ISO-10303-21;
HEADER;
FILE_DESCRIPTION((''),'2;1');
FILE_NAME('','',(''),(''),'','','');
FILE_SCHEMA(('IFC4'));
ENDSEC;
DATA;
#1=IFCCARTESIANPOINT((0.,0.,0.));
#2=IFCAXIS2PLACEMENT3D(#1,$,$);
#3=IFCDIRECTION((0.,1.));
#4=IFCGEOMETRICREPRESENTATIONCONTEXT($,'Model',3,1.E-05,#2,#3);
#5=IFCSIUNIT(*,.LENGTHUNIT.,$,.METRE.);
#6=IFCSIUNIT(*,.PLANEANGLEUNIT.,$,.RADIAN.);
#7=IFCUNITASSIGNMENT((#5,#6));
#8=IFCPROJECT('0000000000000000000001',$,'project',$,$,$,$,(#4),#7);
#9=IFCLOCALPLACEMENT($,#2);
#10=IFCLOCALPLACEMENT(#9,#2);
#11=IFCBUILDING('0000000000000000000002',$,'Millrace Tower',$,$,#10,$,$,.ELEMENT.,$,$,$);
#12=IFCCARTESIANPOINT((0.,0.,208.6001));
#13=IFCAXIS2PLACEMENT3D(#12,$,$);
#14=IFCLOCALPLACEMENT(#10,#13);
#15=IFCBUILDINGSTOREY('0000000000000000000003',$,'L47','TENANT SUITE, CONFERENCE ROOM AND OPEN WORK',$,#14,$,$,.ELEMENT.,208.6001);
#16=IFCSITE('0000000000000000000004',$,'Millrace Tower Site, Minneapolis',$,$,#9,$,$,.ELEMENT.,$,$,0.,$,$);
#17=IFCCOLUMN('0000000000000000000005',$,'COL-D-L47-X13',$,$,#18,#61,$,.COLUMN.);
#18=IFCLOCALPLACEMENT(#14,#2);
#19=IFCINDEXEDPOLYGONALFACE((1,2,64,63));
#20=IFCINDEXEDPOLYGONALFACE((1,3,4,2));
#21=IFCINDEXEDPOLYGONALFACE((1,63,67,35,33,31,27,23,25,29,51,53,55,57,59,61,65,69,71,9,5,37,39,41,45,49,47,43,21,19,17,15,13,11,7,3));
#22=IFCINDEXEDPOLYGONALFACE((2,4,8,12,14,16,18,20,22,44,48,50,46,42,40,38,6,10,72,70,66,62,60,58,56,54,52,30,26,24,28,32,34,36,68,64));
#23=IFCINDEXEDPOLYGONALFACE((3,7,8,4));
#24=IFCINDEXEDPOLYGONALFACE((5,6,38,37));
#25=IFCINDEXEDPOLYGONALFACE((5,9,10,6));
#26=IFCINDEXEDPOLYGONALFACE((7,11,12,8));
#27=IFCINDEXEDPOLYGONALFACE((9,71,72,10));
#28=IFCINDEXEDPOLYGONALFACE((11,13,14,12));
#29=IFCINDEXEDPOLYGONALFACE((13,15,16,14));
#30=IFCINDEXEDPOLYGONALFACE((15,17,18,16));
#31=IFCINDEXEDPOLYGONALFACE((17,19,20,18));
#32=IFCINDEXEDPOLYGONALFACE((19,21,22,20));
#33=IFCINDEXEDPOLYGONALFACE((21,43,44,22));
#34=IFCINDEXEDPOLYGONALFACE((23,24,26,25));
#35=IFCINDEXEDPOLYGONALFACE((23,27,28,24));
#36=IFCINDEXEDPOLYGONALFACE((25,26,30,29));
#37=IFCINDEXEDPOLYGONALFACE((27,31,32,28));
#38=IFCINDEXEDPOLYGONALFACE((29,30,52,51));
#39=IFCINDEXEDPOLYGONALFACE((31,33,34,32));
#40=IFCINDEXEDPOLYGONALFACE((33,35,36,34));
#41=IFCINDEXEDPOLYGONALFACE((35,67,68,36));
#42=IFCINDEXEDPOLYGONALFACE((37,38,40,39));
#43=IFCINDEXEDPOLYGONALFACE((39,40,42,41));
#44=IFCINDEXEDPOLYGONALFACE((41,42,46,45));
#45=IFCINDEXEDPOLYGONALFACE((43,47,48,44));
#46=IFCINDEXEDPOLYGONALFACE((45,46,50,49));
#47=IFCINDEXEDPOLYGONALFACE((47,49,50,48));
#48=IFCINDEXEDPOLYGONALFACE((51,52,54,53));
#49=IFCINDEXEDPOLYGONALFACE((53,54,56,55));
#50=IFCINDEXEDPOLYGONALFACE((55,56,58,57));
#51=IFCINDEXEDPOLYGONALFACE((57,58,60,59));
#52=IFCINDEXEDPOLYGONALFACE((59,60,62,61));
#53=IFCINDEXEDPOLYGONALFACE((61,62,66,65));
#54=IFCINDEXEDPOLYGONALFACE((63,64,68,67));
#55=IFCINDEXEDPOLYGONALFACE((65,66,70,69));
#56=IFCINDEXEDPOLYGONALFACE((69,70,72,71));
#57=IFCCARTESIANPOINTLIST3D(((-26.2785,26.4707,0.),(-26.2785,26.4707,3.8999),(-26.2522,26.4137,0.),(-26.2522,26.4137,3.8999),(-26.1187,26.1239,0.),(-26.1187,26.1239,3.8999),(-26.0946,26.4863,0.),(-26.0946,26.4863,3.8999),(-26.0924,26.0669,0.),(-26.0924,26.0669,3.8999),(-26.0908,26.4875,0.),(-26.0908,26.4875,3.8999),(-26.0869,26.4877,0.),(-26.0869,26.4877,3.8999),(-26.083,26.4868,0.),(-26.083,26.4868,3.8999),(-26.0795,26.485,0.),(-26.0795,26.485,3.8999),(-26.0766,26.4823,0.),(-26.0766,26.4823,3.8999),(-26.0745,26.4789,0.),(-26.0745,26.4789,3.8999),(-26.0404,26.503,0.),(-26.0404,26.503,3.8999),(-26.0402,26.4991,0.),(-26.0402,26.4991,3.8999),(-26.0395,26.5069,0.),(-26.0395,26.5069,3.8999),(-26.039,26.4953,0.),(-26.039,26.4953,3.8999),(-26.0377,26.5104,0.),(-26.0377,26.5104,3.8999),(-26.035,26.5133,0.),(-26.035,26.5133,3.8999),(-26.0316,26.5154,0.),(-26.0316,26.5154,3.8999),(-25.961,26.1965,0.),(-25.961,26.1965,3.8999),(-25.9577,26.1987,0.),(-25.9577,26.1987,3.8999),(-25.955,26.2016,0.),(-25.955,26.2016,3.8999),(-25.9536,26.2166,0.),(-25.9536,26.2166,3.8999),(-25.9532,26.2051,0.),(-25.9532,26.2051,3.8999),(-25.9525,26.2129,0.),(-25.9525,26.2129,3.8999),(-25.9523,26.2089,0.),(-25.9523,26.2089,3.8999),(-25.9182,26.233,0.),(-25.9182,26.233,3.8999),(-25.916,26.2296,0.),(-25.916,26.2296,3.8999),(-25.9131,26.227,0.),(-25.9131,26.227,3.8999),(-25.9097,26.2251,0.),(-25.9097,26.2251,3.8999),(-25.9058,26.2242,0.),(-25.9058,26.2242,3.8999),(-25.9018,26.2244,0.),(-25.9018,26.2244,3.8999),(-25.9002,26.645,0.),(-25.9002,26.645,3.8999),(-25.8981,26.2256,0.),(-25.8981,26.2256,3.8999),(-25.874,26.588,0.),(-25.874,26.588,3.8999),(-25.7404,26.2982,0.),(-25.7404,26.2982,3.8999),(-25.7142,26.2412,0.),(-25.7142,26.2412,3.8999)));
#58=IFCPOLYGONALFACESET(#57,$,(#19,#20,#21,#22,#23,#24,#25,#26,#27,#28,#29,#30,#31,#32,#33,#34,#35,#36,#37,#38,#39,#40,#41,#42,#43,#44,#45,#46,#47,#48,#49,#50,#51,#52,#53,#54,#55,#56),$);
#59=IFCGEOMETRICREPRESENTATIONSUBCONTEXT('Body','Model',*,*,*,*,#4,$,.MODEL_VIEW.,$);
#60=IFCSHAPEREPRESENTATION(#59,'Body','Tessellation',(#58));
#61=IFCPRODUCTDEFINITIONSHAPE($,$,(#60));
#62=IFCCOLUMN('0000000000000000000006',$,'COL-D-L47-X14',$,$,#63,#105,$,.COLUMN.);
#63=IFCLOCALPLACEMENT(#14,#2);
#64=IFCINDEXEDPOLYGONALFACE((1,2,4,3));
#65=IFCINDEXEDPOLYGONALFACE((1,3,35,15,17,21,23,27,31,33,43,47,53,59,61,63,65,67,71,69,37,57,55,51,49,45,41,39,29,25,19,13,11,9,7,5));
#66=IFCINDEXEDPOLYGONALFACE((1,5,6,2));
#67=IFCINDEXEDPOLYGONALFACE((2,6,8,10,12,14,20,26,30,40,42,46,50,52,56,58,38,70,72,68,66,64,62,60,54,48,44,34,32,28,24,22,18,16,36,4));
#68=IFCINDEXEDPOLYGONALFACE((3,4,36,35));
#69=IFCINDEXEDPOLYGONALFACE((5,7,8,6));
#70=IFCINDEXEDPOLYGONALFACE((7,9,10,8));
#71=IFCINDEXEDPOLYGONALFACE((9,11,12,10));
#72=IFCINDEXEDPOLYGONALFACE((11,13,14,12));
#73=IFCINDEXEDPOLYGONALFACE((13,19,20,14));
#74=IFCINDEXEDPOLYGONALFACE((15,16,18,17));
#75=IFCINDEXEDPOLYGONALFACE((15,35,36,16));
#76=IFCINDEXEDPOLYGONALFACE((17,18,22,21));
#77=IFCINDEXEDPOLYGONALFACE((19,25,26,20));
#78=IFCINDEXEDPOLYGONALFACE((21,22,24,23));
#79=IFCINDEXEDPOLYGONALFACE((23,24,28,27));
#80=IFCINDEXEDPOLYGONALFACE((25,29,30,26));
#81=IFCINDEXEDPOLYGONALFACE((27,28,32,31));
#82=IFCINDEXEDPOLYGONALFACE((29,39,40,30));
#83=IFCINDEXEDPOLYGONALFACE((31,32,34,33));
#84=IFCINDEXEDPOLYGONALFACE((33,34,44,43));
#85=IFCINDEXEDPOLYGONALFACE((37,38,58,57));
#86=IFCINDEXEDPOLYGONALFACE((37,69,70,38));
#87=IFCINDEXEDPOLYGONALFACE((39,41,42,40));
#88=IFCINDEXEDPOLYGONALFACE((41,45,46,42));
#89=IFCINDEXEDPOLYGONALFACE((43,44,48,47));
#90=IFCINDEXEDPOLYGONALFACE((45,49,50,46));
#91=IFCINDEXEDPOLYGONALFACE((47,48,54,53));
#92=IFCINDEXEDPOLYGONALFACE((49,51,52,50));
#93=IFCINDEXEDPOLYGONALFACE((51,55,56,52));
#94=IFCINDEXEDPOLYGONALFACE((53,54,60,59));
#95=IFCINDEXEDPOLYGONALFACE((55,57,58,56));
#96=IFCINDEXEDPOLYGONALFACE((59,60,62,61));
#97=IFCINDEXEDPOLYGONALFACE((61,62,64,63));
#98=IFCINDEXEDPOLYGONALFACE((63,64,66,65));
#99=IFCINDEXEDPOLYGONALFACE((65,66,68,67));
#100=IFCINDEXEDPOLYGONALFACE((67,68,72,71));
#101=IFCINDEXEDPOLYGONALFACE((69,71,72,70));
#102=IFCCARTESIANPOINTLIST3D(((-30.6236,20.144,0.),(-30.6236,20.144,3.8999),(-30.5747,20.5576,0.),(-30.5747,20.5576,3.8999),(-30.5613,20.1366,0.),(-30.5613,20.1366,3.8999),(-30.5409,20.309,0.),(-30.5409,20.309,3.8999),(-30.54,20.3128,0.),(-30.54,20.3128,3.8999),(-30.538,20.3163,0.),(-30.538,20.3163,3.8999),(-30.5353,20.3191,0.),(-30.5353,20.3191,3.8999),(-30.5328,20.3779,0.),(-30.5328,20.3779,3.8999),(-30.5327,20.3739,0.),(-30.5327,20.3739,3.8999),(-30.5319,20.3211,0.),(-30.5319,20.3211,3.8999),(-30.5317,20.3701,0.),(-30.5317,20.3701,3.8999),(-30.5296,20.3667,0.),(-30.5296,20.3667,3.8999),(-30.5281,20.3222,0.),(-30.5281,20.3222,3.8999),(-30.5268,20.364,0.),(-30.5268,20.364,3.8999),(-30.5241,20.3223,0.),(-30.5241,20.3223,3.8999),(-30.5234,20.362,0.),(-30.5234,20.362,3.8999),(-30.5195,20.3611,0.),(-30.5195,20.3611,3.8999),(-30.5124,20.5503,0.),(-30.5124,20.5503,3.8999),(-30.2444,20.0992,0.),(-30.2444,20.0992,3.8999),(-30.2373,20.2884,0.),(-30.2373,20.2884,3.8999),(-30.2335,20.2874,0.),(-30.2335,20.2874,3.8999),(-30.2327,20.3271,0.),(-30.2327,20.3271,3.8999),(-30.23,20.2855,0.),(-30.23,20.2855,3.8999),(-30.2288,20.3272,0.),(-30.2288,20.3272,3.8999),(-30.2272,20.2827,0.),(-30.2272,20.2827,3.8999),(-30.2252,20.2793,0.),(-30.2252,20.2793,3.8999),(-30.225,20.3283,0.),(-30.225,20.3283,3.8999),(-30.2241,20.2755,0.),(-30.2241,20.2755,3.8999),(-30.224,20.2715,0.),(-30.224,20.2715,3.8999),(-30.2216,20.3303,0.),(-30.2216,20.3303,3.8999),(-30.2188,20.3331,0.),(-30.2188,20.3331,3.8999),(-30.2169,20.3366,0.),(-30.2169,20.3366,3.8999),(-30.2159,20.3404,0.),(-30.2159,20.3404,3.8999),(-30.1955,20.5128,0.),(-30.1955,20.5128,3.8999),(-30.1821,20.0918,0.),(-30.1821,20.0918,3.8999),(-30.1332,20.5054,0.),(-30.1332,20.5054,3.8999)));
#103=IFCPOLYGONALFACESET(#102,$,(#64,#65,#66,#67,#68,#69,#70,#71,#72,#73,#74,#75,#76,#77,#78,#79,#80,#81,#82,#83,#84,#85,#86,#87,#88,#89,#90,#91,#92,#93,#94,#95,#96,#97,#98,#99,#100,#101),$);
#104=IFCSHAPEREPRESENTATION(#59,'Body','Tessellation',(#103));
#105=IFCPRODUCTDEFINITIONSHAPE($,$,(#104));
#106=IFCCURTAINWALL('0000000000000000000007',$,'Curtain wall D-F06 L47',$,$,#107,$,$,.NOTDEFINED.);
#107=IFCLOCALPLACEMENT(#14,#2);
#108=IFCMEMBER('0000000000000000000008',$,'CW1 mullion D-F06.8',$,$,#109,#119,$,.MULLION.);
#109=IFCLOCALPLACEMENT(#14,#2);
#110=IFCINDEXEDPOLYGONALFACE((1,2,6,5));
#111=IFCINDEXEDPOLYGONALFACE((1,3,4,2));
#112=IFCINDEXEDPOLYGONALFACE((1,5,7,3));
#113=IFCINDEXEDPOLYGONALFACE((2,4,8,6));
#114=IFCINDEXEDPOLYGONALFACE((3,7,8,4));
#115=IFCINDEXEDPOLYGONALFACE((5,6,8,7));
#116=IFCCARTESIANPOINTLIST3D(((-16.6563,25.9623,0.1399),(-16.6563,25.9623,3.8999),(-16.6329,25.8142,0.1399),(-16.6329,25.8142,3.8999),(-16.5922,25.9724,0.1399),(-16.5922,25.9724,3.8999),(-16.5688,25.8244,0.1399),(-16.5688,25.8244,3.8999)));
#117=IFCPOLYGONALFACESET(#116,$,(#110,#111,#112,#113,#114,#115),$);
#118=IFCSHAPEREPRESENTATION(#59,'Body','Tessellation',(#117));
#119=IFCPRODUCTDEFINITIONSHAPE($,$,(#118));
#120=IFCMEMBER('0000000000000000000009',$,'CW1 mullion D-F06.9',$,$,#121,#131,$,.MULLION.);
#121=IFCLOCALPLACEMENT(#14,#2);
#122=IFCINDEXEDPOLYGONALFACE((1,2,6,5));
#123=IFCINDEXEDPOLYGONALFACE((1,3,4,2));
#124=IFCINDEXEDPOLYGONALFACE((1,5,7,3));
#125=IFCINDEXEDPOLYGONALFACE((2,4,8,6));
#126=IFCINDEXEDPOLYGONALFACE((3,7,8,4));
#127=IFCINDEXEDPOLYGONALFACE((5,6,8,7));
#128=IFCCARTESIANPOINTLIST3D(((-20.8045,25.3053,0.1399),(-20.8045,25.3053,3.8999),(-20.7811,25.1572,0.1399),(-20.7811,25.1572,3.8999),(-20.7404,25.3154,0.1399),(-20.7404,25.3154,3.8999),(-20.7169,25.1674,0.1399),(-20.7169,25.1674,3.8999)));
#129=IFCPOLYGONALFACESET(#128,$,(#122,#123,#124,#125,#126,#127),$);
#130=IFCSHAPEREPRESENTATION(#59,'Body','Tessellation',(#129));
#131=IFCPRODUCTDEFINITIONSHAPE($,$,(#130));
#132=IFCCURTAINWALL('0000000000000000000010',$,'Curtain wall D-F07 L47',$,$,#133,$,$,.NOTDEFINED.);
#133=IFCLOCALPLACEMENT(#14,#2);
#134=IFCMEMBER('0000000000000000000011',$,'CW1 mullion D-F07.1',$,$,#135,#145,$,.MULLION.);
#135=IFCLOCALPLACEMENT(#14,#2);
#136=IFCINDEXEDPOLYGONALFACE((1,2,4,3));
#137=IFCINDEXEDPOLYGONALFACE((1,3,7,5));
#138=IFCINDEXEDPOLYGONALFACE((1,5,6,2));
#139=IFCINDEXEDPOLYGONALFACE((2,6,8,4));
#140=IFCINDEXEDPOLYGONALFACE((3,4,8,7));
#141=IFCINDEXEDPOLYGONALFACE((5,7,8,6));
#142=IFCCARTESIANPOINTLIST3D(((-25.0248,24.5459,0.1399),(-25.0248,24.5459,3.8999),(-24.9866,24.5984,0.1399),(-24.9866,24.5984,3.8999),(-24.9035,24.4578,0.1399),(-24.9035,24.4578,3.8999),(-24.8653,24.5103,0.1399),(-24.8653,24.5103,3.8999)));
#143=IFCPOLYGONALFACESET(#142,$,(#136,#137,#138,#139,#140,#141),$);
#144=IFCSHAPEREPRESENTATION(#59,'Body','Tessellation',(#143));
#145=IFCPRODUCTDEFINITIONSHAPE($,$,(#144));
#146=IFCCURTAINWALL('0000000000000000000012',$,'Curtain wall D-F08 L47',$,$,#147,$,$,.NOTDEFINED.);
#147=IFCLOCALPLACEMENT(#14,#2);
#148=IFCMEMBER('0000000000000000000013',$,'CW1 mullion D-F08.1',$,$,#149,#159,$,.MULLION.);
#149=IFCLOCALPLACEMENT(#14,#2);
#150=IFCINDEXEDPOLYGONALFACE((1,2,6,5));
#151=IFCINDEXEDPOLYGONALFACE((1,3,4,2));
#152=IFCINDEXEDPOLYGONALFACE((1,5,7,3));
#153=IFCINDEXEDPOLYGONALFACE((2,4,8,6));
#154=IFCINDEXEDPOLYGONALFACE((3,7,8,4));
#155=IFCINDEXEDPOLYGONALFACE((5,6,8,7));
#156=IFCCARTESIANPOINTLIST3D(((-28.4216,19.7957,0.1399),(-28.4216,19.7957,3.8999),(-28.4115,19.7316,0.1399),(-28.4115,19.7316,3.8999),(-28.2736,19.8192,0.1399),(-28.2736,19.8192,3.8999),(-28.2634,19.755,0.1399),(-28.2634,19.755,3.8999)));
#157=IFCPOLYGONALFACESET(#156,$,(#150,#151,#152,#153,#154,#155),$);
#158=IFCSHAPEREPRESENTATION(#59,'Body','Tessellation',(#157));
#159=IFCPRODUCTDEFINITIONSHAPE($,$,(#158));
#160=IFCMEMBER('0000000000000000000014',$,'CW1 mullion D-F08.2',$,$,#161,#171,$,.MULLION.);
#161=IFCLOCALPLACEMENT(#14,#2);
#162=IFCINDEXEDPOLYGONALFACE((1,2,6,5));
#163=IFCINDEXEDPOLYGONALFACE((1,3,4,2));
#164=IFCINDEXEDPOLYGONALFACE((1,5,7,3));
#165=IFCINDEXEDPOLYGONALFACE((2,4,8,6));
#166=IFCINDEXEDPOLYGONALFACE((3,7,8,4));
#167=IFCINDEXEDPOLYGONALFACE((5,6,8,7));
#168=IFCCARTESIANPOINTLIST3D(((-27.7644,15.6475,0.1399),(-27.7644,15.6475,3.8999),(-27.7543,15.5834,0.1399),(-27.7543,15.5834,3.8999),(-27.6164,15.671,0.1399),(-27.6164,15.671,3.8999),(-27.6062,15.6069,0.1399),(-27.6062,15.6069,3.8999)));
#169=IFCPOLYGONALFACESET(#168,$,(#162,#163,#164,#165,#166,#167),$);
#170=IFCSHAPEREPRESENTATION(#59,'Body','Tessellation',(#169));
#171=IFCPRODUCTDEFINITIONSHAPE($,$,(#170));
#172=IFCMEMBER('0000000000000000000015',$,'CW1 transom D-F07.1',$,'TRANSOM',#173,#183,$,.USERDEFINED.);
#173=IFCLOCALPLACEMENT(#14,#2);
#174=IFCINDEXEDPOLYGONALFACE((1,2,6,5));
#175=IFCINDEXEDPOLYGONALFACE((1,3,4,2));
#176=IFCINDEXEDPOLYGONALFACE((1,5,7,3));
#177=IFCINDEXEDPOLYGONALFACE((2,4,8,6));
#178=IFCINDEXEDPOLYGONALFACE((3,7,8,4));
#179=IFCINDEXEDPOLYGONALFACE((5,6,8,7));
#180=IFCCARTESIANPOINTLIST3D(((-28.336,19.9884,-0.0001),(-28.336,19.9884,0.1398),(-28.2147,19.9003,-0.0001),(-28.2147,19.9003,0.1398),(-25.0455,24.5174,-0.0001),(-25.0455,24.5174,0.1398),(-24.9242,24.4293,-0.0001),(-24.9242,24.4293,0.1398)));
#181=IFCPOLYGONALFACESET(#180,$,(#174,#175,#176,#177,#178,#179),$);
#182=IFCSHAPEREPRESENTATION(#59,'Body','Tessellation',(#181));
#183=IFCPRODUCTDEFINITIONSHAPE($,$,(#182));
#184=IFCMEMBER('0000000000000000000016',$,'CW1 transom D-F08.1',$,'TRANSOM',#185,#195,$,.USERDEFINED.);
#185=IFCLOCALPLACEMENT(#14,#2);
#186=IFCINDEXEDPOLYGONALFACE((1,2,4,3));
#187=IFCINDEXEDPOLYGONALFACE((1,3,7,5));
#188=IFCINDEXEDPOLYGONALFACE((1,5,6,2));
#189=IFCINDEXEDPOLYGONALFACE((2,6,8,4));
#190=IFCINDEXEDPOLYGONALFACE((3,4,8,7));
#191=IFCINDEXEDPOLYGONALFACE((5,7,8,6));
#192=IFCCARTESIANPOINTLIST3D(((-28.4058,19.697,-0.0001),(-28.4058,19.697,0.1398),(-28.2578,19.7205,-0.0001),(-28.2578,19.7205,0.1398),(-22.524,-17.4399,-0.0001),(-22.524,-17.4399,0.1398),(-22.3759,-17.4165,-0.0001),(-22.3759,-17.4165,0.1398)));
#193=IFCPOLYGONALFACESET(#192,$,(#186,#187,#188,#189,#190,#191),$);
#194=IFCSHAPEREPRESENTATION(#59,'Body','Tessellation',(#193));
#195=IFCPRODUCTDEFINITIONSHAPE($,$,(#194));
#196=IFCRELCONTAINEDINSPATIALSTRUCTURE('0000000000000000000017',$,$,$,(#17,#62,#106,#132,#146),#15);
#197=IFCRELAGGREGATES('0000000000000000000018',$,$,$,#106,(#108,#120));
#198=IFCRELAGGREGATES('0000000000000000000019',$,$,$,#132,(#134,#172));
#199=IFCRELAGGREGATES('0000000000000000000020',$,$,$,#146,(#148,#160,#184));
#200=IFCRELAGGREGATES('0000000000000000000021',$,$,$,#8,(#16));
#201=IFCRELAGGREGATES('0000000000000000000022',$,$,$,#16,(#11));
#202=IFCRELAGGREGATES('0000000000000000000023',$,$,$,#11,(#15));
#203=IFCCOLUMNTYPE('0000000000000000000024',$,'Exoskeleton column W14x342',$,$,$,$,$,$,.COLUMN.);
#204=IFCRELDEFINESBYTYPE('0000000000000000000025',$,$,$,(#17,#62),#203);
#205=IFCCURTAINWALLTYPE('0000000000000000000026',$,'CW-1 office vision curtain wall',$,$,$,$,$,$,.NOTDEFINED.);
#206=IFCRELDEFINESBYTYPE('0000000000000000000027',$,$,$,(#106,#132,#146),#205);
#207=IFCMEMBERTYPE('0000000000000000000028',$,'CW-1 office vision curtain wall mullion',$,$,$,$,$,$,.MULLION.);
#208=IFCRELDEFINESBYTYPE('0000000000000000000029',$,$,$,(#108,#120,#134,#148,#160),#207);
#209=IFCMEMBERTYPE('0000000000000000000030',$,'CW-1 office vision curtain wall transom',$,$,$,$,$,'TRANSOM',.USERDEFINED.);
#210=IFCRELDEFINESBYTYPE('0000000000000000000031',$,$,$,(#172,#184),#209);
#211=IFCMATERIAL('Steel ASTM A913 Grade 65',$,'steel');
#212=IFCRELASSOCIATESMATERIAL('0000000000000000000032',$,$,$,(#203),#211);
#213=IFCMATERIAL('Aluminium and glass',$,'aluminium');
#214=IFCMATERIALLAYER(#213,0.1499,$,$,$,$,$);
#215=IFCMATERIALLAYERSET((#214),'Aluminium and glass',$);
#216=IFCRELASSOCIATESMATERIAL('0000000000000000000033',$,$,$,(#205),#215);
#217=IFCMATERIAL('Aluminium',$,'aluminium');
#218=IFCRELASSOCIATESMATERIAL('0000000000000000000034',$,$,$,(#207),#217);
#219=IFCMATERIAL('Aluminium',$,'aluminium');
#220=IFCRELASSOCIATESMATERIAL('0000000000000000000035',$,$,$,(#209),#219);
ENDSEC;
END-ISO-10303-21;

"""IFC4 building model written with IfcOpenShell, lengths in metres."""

from ifc_helpers import new_model, si_unit, direction, frame, origin, origin_2d, place, context, subcontext, project, spatial, rectangle, i_section, extrude, material, layer, layer_set, material_profile, profile_set, type_object, element, aggregate, save


model = new_model("IFC4")

# Units and contexts
model_context = context("Model", 3, precision=1e-05, world=origin(), true_north=direction((0.0, 1.0)))
body_context = subcontext(model_context, "Body", "Model", "MODEL_VIEW")
ifc_project = project(units=[si_unit("LENGTHUNIT", "METRE"), si_unit("PLANEANGLEUNIT", "RADIAN")], contexts=[model_context])

# Site, building, storey
site_placement = place(None, origin())
site = spatial("IfcSite", under=ifc_project, at=site_placement, Name="Millrace Tower Site, Minneapolis", CompositionType="ELEMENT", RefElevation=0.0)
building_placement = place(site_placement, origin())
building = spatial("IfcBuilding", under=site, at=building_placement, Name="Millrace Tower", CompositionType="ELEMENT")
storey_placement = place(building_placement, frame((0.0, 0.0, 208.6001)))
storey = spatial("IfcBuildingStorey", under=building, at=storey_placement, Name="L47", Description="TENANT SUITE, CONFERENCE ROOM AND OPEN WORK", CompositionType="ELEMENT", Elevation=208.6001)

# Columns
ifc_material_1 = material(Name="Steel ASTM A913 Grade 65", Category="steel")
ifc_material_profile_1 = material_profile(ifc_material_1, i_section(OverallWidth=0.4165, OverallDepth=0.4446, WebThickness=0.0391, FlangeThickness=0.0627, FilletRadius=0.0151, at=origin_2d()))
ifc_profile_set_1 = profile_set([ifc_material_profile_1], Name="Steel ASTM A913 Grade 65")
column_type = type_object("IfcColumnType", Name="Exoskeleton column W14x342", PredefinedType="COLUMN", material=ifc_profile_set_1)
for number, where, z_axis, x_axis, name in (
    (1, (-25.9963, 26.356, 0.0), (0.0, 0.0, 1.0), (-0.908192, -0.418553, 0.0), "COL-D-L47-X13"),
    (2, (-30.3784, 20.3247, 0.0), (0.0, 0.0, 1.0), (-0.117421, -0.993082, 0.0), "COL-D-L47-X14"),
):
    element("IfcColumn", number, at=place(storey_placement, frame(where, z_axis=z_axis, x_axis=x_axis)), inside=storey, type_object=column_type, Name=name, PredefinedType="COLUMN", context=body_context, shape_type="SweptSolid", body=[
        extrude(i_section(OverallWidth=0.4165, OverallDepth=0.4446, WebThickness=0.0391, FlangeThickness=0.0627, FilletRadius=0.0151, at=origin_2d()), origin(), (0.0, 0.0, 1.0), 3.8999),
    ])

# Curtain wall, members
ifc_material_2 = material(Name="Aluminium and glass", Category="aluminium")
ifc_layer_1 = layer(ifc_material_2, 0.1499)
ifc_layer_set_1 = layer_set([ifc_layer_1], Name="Aluminium and glass")
curtain_wall_type = type_object("IfcCurtainWallType", Name="CW-1 office vision curtain wall", PredefinedType="NOTDEFINED", material=ifc_layer_set_1)
placement = place(storey_placement, origin())
curtain_wall_1 = element("IfcCurtainWall", 3, at=placement, inside=storey, type_object=curtain_wall_type, Name="Curtain wall D-F06 L47", PredefinedType="NOTDEFINED")
ifc_material_3 = material(Name="Aluminium", Category="aluminium")
ifc_material_profile_2 = material_profile(ifc_material_3, rectangle(XDim=0.0649, YDim=0.1499, at=origin_2d()))
ifc_profile_set_2 = profile_set([ifc_material_profile_2], Name="Aluminium")
member_type_1 = type_object("IfcMemberType", Name="CW-1 office vision curtain wall mullion", PredefinedType="MULLION", material=ifc_profile_set_2)
member_1_placement = place(storey_placement, frame((-16.6125, 25.8933, 0.1399), z_axis=(0.0, 0.0, 1.0), x_axis=(-0.987688, -0.156434, 0.0)))
member_1 = element("IfcMember", 4, at=member_1_placement, type_object=member_type_1, Name="CW1 mullion D-F06.8", PredefinedType="MULLION", context=body_context, shape_type="SweptSolid", body=[
    extrude(rectangle(XDim=0.0649, YDim=0.1499, at=origin_2d()), origin(), (0.0, 0.0, 1.0), 3.76),
])
member_2_placement = place(storey_placement, frame((-20.7607, 25.2363, 0.1399), z_axis=(0.0, 0.0, 1.0), x_axis=(-0.987688, -0.156434, 0.0)))
member_2 = element("IfcMember", 5, at=member_2_placement, type_object=member_type_1, Name="CW1 mullion D-F06.9", PredefinedType="MULLION", context=body_context, shape_type="SweptSolid", body=[
    extrude(rectangle(XDim=0.0649, YDim=0.1499, at=origin_2d()), origin(), (0.0, 0.0, 1.0), 3.76),
])
aggregate(curtain_wall_1, [member_1, member_2])

# Curtain wall, member
curtain_wall_2 = element("IfcCurtainWall", 6, at=placement, inside=storey, type_object=curtain_wall_type, Name="Curtain wall D-F07 L47", PredefinedType="NOTDEFINED")
member_3_placement = place(storey_placement, frame((-24.9451, 24.5281, 0.1399), z_axis=(0.0, 0.0, 1.0), x_axis=(-0.587785, -0.809017, 0.0)))
member_3 = element("IfcMember", 7, at=member_3_placement, type_object=member_type_1, Name="CW1 mullion D-F07.1", PredefinedType="MULLION", context=body_context, shape_type="SweptSolid", body=[
    extrude(rectangle(XDim=0.0649, YDim=0.1499, at=origin_2d()), origin(), (0.0, 0.0, 1.0), 3.76),
])

# Curtain wall, members
curtain_wall_3 = element("IfcCurtainWall", 8, at=placement, inside=storey, type_object=curtain_wall_type, Name="Curtain wall D-F08 L47", PredefinedType="NOTDEFINED")
member_4_placement = place(storey_placement, frame((-28.3425, 19.7754, 0.1399), z_axis=(0.0, 0.0, 1.0), x_axis=(0.156434, -0.987688, 0.0)))
member_4 = element("IfcMember", 9, at=member_4_placement, type_object=member_type_1, Name="CW1 mullion D-F08.1", PredefinedType="MULLION", context=body_context, shape_type="SweptSolid", body=[
    extrude(rectangle(XDim=0.0649, YDim=0.1499, at=origin_2d()), origin(), (0.0, 0.0, 1.0), 3.76),
])
member_5_placement = place(storey_placement, frame((-27.6853, 15.6272, 0.1399), z_axis=(0.0, 0.0, 1.0), x_axis=(0.156434, -0.987688, 0.0)))
member_5 = element("IfcMember", 10, at=member_5_placement, type_object=member_type_1, Name="CW1 mullion D-F08.2", PredefinedType="MULLION", context=body_context, shape_type="SweptSolid", body=[
    extrude(rectangle(XDim=0.0649, YDim=0.1499, at=origin_2d()), origin(), (0.0, 0.0, 1.0), 3.76),
])

# Members
ifc_material_4 = material(Name="Aluminium", Category="aluminium")
ifc_material_profile_3 = material_profile(ifc_material_4, rectangle(XDim=0.1499, YDim=0.1399, at=origin_2d()))
ifc_profile_set_3 = profile_set([ifc_material_profile_3], Name="Aluminium")
member_type_2 = type_object("IfcMemberType", Name="CW-1 office vision curtain wall transom", ElementType="TRANSOM", PredefinedType="USERDEFINED", material=ifc_profile_set_3)
member_6_placement = place(storey_placement, frame((-24.9849, 24.4734, 0.0698), z_axis=(-0.587783, -0.809019, 0.0), x_axis=(0.809019, -0.587783, 0.0)))
member_6 = element("IfcMember", 11, at=member_6_placement, type_object=member_type_2, Name="CW1 transom D-F07.1", ObjectType="TRANSOM", PredefinedType="USERDEFINED", context=body_context, shape_type="SweptSolid", body=[
    extrude(rectangle(XDim=0.1499, YDim=0.1399, at=origin_2d()), origin(), (0.0, 0.0, 1.0), 5.5981),
])
aggregate(curtain_wall_2, [member_3, member_6])
member_7_placement = place(storey_placement, frame((-28.3318, 19.7087, 0.0698), z_axis=(0.156432, -0.987689, 0.0), x_axis=(0.987689, 0.156432, 0.0)))
member_7 = element("IfcMember", 12, at=member_7_placement, type_object=member_type_2, Name="CW1 transom D-F08.1", ObjectType="TRANSOM", PredefinedType="USERDEFINED", context=body_context, shape_type="SweptSolid", body=[
    extrude(rectangle(XDim=0.1499, YDim=0.1399, at=origin_2d()), origin(), (0.0, 0.0, 1.0), 37.5999),
])
aggregate(curtain_wall_3, [member_4, member_5, member_7])

save(model, "model.ifc")
